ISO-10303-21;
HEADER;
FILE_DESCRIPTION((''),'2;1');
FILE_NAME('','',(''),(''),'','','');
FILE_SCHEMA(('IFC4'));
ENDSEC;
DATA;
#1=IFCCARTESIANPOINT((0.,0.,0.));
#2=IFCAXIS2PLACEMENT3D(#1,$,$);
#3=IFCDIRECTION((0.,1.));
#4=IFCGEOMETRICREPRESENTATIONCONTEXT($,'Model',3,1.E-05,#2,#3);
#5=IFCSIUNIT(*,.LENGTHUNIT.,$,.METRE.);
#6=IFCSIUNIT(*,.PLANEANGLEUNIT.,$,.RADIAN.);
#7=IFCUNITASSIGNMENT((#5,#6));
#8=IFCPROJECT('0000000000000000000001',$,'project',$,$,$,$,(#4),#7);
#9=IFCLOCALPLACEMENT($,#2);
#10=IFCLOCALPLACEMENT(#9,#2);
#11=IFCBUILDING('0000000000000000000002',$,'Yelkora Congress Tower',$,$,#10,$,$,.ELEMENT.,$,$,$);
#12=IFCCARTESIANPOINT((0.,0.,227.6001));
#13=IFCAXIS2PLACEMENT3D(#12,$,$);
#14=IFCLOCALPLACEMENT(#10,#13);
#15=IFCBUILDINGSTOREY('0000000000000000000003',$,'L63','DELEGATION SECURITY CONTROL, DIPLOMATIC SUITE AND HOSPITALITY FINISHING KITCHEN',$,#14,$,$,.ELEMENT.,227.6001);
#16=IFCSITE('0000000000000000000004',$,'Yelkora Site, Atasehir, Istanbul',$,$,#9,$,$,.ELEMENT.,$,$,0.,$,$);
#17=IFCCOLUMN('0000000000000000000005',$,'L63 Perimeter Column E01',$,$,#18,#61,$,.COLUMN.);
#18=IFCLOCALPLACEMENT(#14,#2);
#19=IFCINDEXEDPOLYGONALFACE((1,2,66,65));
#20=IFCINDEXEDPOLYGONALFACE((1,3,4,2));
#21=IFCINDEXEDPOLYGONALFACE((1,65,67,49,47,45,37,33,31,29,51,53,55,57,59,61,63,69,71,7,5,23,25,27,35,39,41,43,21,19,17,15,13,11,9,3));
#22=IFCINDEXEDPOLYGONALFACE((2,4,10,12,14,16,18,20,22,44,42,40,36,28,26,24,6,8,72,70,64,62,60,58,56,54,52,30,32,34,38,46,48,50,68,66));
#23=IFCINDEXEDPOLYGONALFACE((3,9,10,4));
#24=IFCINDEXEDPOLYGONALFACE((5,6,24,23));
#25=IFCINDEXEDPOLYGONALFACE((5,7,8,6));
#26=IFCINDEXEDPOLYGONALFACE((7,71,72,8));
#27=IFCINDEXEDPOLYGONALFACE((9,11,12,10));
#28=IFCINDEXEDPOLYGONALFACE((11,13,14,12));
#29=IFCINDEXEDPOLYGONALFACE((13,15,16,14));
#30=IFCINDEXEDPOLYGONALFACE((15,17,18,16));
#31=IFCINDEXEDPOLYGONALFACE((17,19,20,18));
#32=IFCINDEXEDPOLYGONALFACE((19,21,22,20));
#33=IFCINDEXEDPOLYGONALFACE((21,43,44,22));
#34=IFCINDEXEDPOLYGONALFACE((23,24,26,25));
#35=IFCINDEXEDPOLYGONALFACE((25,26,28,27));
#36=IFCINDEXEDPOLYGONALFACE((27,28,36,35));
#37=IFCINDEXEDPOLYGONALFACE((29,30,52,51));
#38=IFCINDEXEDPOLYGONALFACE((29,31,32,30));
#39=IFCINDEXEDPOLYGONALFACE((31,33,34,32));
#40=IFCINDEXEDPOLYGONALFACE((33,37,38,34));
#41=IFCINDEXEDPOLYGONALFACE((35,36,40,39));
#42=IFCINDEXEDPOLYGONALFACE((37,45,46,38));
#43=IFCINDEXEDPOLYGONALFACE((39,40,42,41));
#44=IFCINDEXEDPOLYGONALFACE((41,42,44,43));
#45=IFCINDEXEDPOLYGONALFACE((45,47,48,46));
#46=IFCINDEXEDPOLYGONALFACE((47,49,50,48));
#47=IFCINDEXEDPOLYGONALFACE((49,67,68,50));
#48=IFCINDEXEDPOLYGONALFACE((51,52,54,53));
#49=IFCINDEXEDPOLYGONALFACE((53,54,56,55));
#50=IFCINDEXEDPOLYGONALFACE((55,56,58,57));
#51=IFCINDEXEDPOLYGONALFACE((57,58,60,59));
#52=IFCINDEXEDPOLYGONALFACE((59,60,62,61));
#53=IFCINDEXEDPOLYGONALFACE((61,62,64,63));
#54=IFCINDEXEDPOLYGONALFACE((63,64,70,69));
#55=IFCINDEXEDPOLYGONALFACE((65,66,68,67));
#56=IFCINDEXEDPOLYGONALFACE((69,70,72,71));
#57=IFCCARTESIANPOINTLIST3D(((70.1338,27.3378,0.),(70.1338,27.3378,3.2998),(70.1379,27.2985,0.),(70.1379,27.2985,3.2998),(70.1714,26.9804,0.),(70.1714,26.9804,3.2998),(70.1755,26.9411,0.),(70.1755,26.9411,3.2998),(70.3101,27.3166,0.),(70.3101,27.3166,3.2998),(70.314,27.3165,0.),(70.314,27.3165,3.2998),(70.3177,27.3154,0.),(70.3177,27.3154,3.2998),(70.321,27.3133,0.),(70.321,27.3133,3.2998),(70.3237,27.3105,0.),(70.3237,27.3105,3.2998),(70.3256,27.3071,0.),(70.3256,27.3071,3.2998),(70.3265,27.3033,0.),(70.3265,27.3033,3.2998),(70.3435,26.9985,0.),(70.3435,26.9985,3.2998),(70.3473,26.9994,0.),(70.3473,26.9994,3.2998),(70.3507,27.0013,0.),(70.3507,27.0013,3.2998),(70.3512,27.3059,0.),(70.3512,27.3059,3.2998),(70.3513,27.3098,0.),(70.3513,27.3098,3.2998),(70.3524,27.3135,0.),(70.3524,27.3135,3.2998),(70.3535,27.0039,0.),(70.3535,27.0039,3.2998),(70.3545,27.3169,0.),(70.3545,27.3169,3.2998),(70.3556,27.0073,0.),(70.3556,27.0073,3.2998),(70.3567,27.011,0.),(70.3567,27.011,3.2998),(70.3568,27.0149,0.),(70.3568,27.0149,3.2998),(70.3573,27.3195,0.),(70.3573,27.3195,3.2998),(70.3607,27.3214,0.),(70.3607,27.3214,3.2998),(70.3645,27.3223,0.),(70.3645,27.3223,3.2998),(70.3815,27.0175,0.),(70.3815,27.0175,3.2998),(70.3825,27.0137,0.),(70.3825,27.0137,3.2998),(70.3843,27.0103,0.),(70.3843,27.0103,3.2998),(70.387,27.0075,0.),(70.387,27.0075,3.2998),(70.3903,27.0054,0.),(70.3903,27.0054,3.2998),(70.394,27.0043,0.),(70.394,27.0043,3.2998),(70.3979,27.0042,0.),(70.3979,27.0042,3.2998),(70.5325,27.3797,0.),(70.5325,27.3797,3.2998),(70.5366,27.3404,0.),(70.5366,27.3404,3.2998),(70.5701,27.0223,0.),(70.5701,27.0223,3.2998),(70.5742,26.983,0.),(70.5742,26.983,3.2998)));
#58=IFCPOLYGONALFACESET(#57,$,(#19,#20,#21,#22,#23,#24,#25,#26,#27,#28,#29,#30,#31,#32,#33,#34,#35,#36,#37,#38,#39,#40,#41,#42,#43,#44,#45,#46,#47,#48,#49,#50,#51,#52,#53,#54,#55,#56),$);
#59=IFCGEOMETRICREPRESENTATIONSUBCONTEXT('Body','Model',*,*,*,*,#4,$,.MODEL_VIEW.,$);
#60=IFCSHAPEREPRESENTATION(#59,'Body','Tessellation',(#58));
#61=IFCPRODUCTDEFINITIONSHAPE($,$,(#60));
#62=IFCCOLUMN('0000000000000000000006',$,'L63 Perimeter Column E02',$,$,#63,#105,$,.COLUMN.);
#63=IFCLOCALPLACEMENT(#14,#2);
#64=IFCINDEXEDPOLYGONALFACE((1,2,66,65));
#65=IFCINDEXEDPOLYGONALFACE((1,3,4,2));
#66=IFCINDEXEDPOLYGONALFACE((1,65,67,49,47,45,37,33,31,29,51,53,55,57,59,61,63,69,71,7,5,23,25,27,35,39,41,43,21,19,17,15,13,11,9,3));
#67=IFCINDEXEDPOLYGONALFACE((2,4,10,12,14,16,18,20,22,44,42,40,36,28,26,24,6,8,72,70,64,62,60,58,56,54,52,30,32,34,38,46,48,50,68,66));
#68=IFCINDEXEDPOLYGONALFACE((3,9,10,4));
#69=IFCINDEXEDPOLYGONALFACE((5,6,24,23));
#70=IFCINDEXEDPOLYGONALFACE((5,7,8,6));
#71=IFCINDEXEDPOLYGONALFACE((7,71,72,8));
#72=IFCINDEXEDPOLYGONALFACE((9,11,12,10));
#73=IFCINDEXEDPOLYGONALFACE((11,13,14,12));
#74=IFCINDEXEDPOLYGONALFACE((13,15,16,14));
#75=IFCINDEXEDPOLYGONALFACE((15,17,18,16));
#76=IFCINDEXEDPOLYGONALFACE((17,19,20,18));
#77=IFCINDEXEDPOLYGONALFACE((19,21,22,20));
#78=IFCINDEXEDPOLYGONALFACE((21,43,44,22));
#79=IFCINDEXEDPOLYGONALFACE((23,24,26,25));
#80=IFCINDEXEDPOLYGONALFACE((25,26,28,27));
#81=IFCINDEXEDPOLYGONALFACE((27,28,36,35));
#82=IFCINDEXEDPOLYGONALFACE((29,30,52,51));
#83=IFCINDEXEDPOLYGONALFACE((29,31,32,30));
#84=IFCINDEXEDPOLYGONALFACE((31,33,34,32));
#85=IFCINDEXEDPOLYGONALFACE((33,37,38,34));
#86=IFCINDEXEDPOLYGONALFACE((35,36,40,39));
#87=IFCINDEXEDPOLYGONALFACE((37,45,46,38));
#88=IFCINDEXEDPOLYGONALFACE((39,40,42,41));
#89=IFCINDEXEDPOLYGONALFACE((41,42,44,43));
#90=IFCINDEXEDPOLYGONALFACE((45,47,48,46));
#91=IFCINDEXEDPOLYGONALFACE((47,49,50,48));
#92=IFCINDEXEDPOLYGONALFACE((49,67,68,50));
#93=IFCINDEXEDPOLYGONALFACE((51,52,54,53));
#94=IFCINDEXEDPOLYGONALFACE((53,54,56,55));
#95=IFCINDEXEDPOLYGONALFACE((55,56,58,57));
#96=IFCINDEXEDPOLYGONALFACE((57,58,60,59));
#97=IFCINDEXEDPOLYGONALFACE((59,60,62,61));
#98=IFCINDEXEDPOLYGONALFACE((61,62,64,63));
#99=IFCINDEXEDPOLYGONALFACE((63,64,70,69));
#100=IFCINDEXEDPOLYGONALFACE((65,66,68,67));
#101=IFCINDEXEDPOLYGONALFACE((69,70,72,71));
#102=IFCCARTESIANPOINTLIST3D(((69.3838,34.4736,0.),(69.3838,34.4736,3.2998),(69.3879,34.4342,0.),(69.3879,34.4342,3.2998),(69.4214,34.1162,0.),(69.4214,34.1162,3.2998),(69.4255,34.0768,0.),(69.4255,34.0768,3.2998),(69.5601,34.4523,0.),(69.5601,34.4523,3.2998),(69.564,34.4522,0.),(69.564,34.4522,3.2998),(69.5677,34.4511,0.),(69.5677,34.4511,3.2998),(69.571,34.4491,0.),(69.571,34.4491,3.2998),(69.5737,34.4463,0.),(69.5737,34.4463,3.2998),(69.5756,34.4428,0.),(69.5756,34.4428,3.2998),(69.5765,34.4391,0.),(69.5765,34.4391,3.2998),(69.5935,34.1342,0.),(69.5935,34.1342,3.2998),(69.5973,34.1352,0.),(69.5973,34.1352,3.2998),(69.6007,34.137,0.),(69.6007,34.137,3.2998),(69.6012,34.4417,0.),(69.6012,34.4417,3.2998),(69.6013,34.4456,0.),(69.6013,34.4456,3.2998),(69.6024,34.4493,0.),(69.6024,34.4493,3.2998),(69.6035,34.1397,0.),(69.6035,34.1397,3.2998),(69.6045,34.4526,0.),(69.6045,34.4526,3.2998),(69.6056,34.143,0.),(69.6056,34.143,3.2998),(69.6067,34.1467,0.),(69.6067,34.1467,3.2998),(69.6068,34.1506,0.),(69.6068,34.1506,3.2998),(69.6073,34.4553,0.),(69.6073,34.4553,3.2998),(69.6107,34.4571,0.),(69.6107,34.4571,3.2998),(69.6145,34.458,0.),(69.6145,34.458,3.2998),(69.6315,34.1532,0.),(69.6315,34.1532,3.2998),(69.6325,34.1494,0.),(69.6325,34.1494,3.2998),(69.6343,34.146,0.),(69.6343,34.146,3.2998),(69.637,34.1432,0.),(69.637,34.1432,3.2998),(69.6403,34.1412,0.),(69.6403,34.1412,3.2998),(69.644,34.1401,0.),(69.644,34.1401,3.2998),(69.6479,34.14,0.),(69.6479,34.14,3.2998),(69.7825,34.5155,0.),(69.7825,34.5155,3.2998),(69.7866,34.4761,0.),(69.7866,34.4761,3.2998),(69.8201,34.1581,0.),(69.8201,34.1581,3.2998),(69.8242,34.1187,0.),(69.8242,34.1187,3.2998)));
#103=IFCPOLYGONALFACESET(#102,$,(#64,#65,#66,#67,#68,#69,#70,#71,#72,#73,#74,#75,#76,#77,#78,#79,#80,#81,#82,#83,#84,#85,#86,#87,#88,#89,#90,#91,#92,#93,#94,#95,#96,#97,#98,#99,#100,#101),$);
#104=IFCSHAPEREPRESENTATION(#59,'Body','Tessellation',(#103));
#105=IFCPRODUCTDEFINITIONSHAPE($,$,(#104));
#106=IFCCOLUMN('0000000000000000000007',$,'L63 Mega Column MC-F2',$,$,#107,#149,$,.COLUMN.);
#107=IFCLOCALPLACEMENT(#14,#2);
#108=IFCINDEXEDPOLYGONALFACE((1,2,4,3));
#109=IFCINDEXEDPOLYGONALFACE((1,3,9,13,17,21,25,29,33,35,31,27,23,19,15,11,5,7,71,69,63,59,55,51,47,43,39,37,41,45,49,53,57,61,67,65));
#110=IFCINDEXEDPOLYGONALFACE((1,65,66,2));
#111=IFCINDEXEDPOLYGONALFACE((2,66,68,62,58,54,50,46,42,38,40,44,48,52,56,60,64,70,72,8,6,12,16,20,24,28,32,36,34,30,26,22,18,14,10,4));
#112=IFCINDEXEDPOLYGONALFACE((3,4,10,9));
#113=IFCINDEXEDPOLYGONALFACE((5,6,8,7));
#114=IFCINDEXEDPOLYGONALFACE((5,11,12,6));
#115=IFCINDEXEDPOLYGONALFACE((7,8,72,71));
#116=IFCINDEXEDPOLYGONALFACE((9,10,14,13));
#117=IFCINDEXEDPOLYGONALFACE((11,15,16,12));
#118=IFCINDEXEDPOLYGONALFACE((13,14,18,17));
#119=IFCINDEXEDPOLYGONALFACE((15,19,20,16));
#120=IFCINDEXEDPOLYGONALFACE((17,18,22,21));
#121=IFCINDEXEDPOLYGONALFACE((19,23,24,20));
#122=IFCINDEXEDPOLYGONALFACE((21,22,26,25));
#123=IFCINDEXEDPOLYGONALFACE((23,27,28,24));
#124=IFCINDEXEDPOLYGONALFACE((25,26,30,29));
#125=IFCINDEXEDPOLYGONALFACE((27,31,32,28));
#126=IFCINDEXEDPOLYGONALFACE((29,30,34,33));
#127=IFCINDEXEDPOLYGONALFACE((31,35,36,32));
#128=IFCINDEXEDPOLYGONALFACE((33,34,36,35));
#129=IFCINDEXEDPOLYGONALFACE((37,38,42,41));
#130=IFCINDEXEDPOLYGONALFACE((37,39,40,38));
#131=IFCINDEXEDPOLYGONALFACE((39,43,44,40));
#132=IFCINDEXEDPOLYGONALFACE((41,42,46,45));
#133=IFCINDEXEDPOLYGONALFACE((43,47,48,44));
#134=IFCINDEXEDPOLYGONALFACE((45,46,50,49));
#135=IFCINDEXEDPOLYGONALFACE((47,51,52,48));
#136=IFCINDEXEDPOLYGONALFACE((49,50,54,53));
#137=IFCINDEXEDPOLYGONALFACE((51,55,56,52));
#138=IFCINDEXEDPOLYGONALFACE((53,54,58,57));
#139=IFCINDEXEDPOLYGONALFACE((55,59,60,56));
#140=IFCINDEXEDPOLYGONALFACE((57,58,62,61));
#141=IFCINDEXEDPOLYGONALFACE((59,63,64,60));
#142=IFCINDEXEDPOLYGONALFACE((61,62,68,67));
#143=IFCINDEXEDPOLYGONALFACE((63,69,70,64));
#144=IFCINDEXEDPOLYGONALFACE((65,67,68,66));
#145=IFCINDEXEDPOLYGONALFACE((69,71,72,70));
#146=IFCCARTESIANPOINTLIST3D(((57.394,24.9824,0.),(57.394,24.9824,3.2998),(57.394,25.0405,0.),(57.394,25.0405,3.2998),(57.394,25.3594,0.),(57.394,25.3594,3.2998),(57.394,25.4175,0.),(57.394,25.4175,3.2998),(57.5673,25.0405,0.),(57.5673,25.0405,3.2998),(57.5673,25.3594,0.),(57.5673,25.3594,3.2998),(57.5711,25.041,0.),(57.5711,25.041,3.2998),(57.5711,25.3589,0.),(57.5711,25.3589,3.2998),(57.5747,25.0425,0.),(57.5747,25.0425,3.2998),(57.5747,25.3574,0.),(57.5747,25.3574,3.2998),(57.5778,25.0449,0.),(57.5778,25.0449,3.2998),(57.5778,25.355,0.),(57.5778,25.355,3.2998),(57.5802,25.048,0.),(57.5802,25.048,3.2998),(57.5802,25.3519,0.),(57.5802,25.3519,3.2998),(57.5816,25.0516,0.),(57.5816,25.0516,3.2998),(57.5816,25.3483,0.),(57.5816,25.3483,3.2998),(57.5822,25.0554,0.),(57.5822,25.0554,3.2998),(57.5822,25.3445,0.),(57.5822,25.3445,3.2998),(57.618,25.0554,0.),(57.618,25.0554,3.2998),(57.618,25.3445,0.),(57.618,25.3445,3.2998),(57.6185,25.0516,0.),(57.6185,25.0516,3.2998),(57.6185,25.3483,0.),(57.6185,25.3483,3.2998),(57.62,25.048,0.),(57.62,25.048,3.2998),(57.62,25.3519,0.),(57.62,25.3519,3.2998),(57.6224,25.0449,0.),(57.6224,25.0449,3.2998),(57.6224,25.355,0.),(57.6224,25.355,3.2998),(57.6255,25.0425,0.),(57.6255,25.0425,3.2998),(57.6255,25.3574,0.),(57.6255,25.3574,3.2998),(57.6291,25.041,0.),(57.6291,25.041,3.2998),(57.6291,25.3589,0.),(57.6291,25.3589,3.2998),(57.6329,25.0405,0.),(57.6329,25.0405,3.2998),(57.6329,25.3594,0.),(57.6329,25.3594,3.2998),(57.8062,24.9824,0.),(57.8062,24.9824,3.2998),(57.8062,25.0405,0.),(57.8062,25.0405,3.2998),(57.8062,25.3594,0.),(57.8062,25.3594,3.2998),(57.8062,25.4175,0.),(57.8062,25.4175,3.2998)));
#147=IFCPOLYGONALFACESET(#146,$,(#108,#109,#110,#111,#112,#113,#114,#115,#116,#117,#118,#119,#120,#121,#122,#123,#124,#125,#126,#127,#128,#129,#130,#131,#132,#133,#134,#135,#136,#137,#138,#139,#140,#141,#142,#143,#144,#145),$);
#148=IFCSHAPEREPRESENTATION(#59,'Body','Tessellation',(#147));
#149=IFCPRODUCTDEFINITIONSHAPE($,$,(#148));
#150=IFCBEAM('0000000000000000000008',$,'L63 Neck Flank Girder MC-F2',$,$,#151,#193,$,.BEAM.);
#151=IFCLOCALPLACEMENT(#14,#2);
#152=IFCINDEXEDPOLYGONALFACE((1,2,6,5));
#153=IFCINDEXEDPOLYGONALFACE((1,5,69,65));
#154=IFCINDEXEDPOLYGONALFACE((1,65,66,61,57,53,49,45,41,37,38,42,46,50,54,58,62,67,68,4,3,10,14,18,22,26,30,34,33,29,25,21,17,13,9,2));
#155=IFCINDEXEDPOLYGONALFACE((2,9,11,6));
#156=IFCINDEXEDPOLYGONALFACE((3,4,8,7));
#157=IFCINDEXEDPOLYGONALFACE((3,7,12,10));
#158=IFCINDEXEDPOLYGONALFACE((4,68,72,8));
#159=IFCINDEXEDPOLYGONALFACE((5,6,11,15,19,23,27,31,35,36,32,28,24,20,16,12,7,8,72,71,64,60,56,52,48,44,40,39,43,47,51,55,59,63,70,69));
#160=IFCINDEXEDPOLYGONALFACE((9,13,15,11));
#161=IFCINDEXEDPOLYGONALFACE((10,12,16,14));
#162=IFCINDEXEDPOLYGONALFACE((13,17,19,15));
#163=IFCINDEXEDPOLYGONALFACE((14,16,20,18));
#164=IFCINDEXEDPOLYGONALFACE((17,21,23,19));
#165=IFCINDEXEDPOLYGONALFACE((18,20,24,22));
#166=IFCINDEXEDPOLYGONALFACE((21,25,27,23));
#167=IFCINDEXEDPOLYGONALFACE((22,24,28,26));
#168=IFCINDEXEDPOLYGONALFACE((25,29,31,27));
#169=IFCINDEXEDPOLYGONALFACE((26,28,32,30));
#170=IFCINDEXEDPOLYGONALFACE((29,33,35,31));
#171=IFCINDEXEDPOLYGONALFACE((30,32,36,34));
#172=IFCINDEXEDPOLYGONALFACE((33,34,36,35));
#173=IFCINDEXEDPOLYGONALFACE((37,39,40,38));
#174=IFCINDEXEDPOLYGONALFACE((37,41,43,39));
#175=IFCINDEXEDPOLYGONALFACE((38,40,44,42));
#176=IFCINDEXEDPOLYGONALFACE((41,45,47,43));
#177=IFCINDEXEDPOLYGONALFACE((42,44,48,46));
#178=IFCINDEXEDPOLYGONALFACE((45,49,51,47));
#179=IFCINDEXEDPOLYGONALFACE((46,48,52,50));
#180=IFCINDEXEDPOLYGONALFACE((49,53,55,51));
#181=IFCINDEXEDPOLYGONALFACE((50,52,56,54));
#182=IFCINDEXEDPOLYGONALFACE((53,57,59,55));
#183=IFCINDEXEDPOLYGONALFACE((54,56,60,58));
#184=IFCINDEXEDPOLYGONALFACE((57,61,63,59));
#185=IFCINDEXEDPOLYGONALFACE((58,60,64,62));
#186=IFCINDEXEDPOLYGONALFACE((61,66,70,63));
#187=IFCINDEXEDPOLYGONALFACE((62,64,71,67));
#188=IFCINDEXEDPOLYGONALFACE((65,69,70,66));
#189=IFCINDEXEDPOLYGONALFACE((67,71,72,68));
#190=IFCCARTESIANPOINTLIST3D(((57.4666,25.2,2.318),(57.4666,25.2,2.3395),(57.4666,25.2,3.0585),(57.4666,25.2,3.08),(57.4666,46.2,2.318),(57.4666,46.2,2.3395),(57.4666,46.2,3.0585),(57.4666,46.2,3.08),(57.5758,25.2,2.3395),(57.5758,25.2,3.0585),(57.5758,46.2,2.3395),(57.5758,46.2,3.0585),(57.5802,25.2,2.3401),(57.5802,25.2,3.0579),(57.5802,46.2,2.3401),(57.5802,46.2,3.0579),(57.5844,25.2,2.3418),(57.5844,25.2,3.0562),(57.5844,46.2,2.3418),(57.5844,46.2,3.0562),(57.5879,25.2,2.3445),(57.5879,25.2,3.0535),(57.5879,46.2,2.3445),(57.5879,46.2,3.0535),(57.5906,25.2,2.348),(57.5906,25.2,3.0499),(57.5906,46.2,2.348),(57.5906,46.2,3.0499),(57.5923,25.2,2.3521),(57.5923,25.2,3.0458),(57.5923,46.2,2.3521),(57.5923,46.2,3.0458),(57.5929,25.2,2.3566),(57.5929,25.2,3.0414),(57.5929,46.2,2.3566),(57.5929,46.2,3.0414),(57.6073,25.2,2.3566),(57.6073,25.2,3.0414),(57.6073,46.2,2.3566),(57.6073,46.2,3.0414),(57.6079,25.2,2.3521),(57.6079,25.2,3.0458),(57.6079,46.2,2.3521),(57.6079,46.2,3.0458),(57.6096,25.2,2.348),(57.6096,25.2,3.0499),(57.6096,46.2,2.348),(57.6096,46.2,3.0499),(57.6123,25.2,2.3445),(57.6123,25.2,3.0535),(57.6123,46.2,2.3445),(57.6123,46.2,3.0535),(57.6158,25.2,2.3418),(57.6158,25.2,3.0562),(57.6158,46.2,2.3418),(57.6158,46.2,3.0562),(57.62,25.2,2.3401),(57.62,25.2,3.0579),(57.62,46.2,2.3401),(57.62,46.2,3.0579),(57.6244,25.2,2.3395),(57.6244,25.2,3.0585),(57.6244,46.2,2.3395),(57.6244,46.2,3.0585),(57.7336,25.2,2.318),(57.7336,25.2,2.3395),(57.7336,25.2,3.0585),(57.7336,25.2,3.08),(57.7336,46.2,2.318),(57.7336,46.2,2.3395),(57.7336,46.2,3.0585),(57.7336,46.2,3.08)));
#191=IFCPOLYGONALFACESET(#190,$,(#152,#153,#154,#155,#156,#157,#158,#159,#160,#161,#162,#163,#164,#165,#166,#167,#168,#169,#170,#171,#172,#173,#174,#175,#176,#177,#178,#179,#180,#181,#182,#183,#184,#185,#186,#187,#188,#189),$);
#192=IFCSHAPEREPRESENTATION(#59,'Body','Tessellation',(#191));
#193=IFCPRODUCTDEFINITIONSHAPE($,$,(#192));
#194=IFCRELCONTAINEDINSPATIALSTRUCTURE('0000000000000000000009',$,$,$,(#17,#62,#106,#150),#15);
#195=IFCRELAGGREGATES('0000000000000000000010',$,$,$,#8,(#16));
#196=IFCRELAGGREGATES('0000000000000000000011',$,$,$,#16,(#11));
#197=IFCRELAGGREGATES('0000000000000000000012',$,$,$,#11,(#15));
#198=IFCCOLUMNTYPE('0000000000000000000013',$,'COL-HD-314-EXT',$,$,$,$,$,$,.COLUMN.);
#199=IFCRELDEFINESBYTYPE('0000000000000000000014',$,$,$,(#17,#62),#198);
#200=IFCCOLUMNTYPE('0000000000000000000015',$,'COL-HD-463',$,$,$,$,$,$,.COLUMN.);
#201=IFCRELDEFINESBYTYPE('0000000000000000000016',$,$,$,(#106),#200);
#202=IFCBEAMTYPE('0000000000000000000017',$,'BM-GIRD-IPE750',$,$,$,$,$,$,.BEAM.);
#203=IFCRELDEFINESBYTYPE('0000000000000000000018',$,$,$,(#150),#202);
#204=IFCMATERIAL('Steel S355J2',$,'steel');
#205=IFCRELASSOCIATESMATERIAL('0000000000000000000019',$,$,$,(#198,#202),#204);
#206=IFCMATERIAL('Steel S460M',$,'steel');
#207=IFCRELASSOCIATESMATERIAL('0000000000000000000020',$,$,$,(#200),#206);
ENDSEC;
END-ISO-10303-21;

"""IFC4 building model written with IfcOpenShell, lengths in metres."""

from ifc_helpers import new_model, si_unit, direction, frame, origin, origin_2d, place, context, subcontext, project, spatial, i_section, extrude, material, material_profile, profile_set, type_object, element, save


model = new_model("IFC4")

# Units and contexts
model_context = context("Model", 3, precision=1e-05, world=origin(), true_north=direction((0.0, 1.0)))
body_context = subcontext(model_context, "Body", "Model", "MODEL_VIEW")
ifc_project = project(units=[si_unit("LENGTHUNIT", "METRE"), si_unit("PLANEANGLEUNIT", "RADIAN")], contexts=[model_context])

# Site, building, storey
site_placement = place(None, origin())
site = spatial("IfcSite", under=ifc_project, at=site_placement, Name="Yelkora Site, Atasehir, Istanbul", CompositionType="ELEMENT", RefElevation=0.0)
building_placement = place(site_placement, origin())
building = spatial("IfcBuilding", under=site, at=building_placement, Name="Yelkora Congress Tower", CompositionType="ELEMENT")
storey_placement = place(building_placement, frame((0.0, 0.0, 227.6001)))
storey = spatial("IfcBuildingStorey", under=building, at=storey_placement, Name="L63", Description="DELEGATION SECURITY CONTROL, DIPLOMATIC SUITE AND HOSPITALITY FINISHING KITCHEN", CompositionType="ELEMENT", Elevation=227.6001)

# Columns
ifc_material_1 = material(Name="Steel S355J2", Category="steel")
ifc_material_profile_1 = material_profile(ifc_material_1, i_section(OverallWidth=0.4009, OverallDepth=0.3989, WebThickness=0.0249, FlangeThickness=0.0396, FilletRadius=0.0149, at=origin_2d()), Name="HD 400x314")
ifc_profile_set_1 = profile_set([ifc_material_profile_1], Name="Steel S355J2")
column_type_1 = type_object("IfcColumnType", Name="COL-HD-314-EXT", PredefinedType="COLUMN", material=ifc_profile_set_1)
for number, where, z_axis, x_axis, name in (
    (1, (70.354, 27.1604, 0.0), (0.0, 0.0, 1.0), (0.994522, 0.104528, 0.0), "L63 Perimeter Column E01"),
    (2, (69.604, 34.2961, 0.0), (0.0, 0.0, 1.0), (0.994522, 0.104528, 0.0), "L63 Perimeter Column E02"),
):
    element("IfcColumn", number, at=place(storey_placement, frame(where, z_axis=z_axis, x_axis=x_axis)), inside=storey, type_object=column_type_1, Name=name, PredefinedType="COLUMN", context=body_context, shape_type="SweptSolid", body=[
        extrude(i_section(OverallWidth=0.4009, OverallDepth=0.3989, WebThickness=0.0249, FlangeThickness=0.0396, FilletRadius=0.0149, at=origin_2d()), origin(), (0.0, 0.0, 1.0), 3.2998),
    ])
ifc_material_2 = material(Name="Steel S460M", Category="steel")
ifc_material_profile_2 = material_profile(ifc_material_2, i_section(OverallWidth=0.4121, OverallDepth=0.4351, WebThickness=0.0359, FlangeThickness=0.0581, FilletRadius=0.0149, at=origin_2d()), Name="HD 400x463")
ifc_profile_set_2 = profile_set([ifc_material_profile_2], Name="Steel S460M")
column_type_2 = type_object("IfcColumnType", Name="COL-HD-463", PredefinedType="COLUMN", material=ifc_profile_set_2)
column_placement = place(storey_placement, frame((57.6001, 25.2, 0.0), z_axis=(0.0, 0.0, 1.0), x_axis=(1.0, 0.0, 0.0)))
element("IfcColumn", 3, at=column_placement, inside=storey, type_object=column_type_2, Name="L63 Mega Column MC-F2", PredefinedType="COLUMN", context=body_context, shape_type="SweptSolid", body=[
    extrude(i_section(OverallWidth=0.4121, OverallDepth=0.4351, WebThickness=0.0359, FlangeThickness=0.0581, FilletRadius=0.0149, at=origin_2d()), origin(), (0.0, 0.0, 1.0), 3.2998),
])

# Beam
ifc_material_profile_3 = material_profile(ifc_material_1, i_section(OverallWidth=0.2671, OverallDepth=0.762, WebThickness=0.0144, FlangeThickness=0.0215, FilletRadius=0.0171, at=origin_2d()), Name="IPE 750x173")
ifc_profile_set_3 = profile_set([ifc_material_profile_3], Name="Steel S355J2")
beam_type_1 = type_object("IfcBeamType", Name="BM-GIRD-IPE750", PredefinedType="BEAM", material=ifc_profile_set_3)
beam_1_placement = place(storey_placement, frame((57.6001, 25.2, 2.699), z_axis=(0.0, 1.0, 0.0), x_axis=(-1.0, 0.0, 0.0)))
element("IfcBeam", 4, at=beam_1_placement, inside=storey, type_object=beam_type_1, Name="L63 Neck Flank Girder MC-F2", PredefinedType="BEAM", context=body_context, shape_type="SweptSolid", body=[
    extrude(i_section(OverallWidth=0.2671, OverallDepth=0.762, WebThickness=0.0144, FlangeThickness=0.0215, FilletRadius=0.0171, at=origin_2d()), origin(), (0.0, 0.0, 1.0), 21.0),
])

save(model, "model.ifc")
